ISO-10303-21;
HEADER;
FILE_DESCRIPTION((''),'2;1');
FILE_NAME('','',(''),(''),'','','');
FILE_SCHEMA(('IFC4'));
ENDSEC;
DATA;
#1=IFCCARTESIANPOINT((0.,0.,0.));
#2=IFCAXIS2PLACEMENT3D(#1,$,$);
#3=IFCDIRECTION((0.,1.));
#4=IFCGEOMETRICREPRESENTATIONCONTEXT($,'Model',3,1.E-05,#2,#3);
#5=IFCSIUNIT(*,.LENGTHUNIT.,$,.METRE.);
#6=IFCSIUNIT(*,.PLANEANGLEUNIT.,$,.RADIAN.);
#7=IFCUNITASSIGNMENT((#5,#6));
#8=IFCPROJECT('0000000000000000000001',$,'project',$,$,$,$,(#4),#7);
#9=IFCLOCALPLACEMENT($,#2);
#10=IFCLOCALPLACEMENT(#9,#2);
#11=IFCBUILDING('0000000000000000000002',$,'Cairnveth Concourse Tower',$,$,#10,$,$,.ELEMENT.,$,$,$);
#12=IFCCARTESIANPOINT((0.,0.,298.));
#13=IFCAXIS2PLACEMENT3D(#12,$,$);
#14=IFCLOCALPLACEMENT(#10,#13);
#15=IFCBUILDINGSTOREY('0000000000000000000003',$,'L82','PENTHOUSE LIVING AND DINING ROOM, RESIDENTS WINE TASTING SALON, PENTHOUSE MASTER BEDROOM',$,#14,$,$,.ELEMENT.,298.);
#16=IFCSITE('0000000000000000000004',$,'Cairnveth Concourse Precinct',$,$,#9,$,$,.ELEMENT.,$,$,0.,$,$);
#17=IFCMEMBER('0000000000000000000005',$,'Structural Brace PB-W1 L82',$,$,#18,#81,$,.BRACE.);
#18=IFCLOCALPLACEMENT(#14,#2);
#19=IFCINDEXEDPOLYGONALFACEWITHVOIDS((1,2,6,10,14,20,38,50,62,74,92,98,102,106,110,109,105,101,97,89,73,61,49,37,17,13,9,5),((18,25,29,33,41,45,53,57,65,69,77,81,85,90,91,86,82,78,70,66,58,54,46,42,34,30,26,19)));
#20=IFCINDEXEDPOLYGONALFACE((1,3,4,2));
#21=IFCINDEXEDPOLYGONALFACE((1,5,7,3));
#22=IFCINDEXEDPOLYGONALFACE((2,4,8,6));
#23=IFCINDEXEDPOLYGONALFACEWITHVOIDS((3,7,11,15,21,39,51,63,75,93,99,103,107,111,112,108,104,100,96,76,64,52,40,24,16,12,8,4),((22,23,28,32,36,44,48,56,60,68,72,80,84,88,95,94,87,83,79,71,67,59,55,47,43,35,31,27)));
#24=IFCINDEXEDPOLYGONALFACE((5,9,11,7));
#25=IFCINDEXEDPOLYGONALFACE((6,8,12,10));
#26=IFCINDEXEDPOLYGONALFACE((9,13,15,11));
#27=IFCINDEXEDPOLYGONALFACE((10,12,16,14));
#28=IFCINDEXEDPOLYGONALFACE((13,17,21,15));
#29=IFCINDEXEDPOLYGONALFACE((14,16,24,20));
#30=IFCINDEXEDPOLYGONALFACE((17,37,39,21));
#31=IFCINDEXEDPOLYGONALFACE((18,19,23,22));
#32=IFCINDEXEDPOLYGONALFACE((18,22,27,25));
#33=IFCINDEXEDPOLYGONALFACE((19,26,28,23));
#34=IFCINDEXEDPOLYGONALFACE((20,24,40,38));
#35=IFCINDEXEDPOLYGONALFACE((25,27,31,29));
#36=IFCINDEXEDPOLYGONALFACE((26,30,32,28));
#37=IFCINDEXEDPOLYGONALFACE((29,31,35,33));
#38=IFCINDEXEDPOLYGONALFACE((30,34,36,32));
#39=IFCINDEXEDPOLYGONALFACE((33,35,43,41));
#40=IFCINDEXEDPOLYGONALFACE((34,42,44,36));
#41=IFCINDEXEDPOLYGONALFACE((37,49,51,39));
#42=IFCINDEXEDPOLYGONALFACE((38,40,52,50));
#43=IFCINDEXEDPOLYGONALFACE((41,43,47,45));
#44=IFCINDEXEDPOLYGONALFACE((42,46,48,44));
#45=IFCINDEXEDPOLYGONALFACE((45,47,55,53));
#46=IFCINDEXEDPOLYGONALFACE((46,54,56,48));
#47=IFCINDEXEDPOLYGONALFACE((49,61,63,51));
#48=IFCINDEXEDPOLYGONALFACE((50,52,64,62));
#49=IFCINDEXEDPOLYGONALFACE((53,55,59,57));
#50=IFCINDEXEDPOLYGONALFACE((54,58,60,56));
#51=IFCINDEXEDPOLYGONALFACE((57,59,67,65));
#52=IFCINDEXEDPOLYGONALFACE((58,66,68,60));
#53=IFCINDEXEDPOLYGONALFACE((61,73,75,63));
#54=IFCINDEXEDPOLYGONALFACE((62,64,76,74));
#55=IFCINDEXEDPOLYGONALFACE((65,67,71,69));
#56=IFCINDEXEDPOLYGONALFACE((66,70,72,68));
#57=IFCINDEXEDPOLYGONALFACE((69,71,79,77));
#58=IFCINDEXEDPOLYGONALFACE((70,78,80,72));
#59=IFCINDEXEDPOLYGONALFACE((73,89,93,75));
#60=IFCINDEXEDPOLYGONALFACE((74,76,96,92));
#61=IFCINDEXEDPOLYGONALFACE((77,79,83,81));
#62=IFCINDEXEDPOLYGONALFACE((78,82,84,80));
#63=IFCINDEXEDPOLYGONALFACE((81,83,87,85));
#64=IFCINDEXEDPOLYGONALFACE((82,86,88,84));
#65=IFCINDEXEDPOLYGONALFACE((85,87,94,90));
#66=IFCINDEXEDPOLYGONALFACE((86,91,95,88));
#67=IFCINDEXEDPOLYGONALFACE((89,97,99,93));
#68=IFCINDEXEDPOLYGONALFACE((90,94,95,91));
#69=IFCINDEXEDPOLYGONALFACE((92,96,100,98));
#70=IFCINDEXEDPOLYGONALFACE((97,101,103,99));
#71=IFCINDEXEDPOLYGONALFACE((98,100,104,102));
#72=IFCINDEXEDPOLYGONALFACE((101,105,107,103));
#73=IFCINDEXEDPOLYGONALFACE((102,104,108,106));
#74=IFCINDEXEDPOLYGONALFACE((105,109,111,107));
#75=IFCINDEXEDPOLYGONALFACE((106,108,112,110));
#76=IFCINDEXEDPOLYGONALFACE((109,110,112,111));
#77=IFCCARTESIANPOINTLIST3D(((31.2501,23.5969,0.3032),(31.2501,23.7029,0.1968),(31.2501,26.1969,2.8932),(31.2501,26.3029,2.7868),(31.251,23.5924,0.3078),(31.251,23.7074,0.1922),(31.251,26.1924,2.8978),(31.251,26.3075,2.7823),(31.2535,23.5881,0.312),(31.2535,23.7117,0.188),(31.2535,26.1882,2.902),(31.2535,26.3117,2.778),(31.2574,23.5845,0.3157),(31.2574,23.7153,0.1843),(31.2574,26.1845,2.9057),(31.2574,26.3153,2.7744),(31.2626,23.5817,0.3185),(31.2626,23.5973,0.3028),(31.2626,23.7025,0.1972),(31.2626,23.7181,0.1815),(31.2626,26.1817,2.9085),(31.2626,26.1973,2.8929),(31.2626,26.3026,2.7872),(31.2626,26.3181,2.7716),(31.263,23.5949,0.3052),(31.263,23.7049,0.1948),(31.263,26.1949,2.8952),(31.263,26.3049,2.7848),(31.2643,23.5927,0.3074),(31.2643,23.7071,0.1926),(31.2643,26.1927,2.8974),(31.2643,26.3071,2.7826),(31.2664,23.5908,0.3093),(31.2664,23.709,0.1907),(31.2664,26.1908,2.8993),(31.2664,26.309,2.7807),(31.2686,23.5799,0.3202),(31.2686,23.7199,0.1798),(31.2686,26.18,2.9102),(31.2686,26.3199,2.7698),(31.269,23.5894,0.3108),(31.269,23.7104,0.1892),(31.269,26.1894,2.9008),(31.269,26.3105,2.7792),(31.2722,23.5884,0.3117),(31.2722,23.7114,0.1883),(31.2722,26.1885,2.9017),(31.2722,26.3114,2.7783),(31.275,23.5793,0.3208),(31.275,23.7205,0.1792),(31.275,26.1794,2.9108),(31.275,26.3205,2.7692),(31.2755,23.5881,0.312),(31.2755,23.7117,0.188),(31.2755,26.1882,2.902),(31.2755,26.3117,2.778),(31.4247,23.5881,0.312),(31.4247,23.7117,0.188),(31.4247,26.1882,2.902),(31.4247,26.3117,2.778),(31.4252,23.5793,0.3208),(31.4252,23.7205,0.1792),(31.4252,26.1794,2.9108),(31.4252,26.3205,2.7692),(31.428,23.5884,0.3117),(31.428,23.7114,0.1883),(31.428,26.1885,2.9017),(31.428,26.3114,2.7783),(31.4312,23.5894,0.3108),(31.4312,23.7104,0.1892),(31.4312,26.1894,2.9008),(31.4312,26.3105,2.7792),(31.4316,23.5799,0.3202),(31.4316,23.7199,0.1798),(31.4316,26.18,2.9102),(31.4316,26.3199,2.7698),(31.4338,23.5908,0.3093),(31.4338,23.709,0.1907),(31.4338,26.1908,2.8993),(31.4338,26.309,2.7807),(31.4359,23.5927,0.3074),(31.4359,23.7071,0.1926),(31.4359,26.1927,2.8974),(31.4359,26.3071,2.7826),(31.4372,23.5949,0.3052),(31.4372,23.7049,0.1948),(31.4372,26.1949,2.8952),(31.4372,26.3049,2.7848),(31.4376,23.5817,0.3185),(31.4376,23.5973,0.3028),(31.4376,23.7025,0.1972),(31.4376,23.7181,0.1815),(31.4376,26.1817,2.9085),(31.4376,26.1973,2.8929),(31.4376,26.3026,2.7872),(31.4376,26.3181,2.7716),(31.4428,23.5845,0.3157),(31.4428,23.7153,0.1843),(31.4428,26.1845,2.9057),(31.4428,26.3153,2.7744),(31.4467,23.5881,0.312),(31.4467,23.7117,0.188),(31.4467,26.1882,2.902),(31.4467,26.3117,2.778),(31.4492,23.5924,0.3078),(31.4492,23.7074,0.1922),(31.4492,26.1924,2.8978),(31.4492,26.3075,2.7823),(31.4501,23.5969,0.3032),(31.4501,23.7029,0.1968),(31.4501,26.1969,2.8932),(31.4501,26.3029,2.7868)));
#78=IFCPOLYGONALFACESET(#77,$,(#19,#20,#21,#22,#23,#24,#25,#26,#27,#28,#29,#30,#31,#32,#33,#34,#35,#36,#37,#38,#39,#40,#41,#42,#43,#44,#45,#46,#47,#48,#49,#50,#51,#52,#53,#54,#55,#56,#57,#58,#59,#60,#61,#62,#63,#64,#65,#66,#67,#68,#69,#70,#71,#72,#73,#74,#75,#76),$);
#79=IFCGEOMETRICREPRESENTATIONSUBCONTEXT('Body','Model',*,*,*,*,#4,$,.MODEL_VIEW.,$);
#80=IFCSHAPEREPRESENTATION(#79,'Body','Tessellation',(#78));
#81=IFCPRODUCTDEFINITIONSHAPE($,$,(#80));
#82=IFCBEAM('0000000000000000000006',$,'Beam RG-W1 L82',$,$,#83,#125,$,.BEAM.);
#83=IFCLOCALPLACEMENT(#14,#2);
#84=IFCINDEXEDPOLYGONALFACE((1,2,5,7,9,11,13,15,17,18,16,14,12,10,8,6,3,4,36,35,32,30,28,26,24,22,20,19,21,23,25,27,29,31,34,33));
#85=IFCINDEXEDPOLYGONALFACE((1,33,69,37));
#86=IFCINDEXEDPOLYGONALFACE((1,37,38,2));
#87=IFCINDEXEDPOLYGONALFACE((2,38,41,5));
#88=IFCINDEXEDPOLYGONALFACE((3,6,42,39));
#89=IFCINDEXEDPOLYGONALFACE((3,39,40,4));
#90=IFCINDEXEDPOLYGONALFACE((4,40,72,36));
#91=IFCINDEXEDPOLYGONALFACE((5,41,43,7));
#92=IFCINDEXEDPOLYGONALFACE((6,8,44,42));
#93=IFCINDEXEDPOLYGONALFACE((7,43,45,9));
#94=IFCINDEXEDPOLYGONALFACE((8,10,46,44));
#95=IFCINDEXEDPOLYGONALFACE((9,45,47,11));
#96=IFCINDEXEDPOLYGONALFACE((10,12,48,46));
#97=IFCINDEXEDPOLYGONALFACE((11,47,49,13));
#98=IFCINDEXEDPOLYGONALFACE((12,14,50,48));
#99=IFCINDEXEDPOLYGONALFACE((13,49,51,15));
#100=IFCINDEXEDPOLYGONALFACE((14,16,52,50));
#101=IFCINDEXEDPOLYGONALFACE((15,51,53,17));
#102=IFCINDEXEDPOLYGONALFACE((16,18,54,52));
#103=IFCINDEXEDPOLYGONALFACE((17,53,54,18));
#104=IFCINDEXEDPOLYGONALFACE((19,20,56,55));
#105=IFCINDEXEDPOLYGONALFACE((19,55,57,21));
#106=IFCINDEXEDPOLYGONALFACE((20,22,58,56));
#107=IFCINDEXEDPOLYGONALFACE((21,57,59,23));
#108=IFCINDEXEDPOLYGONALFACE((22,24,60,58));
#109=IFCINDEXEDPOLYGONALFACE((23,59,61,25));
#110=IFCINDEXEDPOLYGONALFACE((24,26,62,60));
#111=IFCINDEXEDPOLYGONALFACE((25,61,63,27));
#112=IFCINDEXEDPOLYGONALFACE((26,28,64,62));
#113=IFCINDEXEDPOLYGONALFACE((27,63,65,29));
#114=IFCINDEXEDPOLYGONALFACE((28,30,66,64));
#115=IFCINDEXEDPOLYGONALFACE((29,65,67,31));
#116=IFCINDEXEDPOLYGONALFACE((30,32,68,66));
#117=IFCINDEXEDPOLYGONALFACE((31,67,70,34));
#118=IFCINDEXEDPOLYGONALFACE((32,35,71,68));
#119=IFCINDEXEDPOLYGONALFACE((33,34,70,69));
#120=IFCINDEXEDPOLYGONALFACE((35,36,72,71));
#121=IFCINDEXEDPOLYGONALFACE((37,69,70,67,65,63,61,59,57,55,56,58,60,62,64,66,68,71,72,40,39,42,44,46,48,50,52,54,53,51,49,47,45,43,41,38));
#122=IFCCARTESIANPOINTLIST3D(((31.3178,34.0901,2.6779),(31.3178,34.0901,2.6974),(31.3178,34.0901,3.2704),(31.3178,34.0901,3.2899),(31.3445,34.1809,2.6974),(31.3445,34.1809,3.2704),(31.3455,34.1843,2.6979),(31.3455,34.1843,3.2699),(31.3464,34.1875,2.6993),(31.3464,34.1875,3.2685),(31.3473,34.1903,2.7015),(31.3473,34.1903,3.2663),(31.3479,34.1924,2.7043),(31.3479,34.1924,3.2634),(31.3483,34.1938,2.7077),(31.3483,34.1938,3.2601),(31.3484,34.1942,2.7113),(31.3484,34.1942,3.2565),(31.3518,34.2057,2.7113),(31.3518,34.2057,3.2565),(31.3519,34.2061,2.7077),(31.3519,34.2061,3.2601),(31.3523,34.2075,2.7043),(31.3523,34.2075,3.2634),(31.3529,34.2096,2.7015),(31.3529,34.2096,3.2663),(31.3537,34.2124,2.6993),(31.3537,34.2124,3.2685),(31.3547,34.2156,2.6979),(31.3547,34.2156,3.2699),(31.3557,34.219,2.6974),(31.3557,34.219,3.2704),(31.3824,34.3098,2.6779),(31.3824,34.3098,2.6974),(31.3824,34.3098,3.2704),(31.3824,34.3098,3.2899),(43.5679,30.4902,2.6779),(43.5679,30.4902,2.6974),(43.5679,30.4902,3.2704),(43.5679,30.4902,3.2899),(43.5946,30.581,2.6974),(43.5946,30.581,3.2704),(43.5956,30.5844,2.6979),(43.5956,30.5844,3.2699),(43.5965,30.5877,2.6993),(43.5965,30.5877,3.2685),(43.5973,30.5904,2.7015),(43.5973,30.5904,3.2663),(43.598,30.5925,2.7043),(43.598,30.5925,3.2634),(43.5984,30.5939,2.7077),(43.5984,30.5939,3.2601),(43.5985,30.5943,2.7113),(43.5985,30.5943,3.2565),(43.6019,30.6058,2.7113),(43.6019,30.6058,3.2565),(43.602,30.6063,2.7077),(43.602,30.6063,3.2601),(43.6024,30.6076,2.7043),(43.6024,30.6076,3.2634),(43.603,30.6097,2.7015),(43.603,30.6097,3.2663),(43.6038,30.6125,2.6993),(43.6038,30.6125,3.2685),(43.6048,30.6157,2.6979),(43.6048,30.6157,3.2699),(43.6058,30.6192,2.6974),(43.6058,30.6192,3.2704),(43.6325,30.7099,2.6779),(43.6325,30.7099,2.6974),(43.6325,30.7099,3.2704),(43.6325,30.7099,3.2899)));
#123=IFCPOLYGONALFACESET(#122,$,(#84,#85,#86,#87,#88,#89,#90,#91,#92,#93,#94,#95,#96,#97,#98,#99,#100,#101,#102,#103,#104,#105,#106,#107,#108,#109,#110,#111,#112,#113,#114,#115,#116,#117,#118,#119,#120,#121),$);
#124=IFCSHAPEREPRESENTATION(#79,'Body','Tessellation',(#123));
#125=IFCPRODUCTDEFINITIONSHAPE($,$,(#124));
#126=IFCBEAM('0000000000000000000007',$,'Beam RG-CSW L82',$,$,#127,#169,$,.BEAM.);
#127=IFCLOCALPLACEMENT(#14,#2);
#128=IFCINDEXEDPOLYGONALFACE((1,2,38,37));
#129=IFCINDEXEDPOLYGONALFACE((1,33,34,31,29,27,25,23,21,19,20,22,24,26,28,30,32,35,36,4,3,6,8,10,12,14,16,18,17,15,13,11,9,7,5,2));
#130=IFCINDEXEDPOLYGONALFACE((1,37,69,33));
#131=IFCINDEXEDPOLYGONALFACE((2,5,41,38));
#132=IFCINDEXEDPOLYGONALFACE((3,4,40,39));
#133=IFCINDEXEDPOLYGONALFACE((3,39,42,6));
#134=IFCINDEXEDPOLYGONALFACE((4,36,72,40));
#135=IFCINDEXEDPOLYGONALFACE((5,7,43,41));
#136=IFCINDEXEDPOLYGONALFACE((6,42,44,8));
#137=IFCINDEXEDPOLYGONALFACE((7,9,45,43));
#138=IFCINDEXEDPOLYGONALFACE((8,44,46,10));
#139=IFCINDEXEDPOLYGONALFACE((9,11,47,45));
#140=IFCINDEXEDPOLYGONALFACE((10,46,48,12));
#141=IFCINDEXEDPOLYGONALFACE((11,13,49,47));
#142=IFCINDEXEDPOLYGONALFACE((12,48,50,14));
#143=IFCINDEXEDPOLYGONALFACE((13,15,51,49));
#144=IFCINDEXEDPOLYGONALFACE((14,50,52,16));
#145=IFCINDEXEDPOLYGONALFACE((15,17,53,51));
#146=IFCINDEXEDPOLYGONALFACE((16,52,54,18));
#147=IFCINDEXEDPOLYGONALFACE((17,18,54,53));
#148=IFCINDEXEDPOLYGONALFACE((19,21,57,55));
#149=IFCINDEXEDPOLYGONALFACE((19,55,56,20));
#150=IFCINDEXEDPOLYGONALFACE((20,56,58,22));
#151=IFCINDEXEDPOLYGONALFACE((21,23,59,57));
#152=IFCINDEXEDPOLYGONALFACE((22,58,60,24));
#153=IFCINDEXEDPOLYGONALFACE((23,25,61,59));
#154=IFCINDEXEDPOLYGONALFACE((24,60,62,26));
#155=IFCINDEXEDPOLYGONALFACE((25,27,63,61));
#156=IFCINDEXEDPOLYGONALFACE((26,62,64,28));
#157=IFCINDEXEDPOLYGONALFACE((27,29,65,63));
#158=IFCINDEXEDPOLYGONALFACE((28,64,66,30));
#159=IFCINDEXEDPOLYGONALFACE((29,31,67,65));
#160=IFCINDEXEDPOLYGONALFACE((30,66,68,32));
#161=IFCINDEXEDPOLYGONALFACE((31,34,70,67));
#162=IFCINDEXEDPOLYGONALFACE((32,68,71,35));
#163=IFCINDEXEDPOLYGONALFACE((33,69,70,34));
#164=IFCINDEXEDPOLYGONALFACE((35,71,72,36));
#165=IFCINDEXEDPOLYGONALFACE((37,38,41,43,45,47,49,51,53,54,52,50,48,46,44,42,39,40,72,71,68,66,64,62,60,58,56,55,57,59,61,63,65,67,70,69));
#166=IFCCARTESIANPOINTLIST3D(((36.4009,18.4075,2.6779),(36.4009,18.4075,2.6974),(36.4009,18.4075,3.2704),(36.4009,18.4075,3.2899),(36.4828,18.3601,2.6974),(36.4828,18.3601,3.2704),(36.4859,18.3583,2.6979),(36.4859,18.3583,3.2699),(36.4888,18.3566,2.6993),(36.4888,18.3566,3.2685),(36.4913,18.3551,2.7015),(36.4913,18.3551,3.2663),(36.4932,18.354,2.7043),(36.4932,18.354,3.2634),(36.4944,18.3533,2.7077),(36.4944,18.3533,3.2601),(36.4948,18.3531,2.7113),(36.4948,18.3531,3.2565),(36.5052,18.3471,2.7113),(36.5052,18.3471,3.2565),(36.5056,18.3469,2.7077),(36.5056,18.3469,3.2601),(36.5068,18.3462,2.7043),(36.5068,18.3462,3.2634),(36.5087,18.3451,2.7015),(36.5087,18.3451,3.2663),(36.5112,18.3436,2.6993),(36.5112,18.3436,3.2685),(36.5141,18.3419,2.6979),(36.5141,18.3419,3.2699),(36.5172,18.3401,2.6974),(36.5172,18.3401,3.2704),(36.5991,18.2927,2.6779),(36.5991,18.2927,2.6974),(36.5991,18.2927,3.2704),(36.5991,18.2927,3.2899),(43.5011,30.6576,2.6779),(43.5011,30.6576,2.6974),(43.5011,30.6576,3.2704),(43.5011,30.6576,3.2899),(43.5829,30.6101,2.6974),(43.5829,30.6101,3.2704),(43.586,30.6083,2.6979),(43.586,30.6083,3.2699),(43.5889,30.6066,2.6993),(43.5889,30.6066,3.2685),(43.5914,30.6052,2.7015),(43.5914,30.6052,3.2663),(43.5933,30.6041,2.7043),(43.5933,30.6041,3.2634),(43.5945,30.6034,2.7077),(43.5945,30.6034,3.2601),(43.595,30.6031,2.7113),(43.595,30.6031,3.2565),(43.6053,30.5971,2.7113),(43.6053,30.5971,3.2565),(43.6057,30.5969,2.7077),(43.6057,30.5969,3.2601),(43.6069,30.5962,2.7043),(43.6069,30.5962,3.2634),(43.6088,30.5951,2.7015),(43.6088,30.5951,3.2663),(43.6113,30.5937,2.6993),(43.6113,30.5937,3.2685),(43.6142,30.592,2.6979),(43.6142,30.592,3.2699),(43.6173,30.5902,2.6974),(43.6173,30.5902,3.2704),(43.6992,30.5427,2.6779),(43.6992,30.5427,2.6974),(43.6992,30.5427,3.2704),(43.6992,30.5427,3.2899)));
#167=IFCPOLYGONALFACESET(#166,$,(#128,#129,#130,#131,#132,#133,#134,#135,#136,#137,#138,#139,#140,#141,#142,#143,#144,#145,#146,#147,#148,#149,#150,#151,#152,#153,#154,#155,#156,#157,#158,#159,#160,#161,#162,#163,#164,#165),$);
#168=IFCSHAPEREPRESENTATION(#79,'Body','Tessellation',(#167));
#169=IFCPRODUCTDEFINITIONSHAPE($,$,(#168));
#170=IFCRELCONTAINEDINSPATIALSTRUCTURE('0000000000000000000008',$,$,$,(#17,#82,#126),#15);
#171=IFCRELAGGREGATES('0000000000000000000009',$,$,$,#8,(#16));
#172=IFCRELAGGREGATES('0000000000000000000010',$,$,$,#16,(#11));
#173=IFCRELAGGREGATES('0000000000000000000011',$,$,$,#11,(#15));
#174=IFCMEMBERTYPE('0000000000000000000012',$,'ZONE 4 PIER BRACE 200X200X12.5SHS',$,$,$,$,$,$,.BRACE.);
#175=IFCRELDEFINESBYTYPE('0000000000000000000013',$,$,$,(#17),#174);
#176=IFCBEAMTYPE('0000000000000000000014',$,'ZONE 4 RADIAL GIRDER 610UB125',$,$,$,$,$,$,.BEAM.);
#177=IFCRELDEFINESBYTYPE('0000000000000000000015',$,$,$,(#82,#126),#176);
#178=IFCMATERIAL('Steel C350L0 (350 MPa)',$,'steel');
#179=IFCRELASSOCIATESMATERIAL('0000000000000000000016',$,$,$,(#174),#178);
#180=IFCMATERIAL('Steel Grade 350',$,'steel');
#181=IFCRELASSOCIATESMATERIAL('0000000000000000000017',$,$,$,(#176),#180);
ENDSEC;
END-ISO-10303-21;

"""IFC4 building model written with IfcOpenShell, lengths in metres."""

from ifc_helpers import new_model, si_unit, direction, frame, origin, origin_2d, place, context, subcontext, project, spatial, hollow_rectangle, i_section, extrude, material, material_profile, profile_set, type_object, element, save


model = new_model("IFC4")

# Units and contexts
model_context = context("Model", 3, precision=1e-05, world=origin(), true_north=direction((0.0, 1.0)))
body_context = subcontext(model_context, "Body", "Model", "MODEL_VIEW")
ifc_project = project(units=[si_unit("LENGTHUNIT", "METRE"), si_unit("PLANEANGLEUNIT", "RADIAN")], contexts=[model_context])

# Site, building, storey
site_placement = place(None, origin())
site = spatial("IfcSite", under=ifc_project, at=site_placement, Name="Cairnveth Concourse Precinct", CompositionType="ELEMENT", RefElevation=0.0)
building_placement = place(site_placement, origin())
building = spatial("IfcBuilding", under=site, at=building_placement, Name="Cairnveth Concourse Tower", CompositionType="ELEMENT")
storey_placement = place(building_placement, frame((0.0, 0.0, 298.0)))
storey = spatial("IfcBuildingStorey", under=building, at=storey_placement, Name="L82", Description="PENTHOUSE LIVING AND DINING ROOM, RESIDENTS WINE TASTING SALON, PENTHOUSE MASTER BEDROOM", CompositionType="ELEMENT", Elevation=298.0)

# Shared definitions
ifc_material_1 = material(Name="Steel Grade 350", Category="steel")

# Member
ifc_material_2 = material(Name="Steel C350L0 (350 MPa)", Category="steel")
ifc_material_profile_1 = material_profile(ifc_material_2, hollow_rectangle(XDim=0.2, YDim=0.2, WallThickness=0.0125, InnerFilletRadius=0.0129, OuterFilletRadius=0.0249, at=origin_2d()), Name="200x200x12.5SHS")
ifc_profile_set_1 = profile_set([ifc_material_profile_1], Name="Steel C350L0 (350 MPa)")
member_type = type_object("IfcMemberType", Name="ZONE 4 PIER BRACE 200X200X12.5SHS", PredefinedType="BRACE", material=ifc_profile_set_1)
for number, where, z_axis, x_axis, name in (
    (1, (31.3501, 23.6499, 0.25), (0.0, 0.708469, 0.705742), (-1.0, 0.0, 0.0), "Structural Brace PB-W1 L82"),
):
    element("IfcMember", number, at=place(storey_placement, frame(where, z_axis=z_axis, x_axis=x_axis)), inside=storey, type_object=member_type, Name=name, PredefinedType="BRACE", context=body_context, shape_type="SweptSolid", body=[
        extrude(hollow_rectangle(XDim=0.2, YDim=0.2, WallThickness=0.0125, InnerFilletRadius=0.0129, OuterFilletRadius=0.0249, at=origin_2d()), origin(), (0.0, 0.0, 1.0), 3.6699),
    ])

# Beams
ifc_material_profile_2 = material_profile(ifc_material_1, i_section(OverallWidth=0.229, OverallDepth=0.6121, WebThickness=0.012, FlangeThickness=0.0195, FilletRadius=0.0139, at=origin_2d()), Name="610UB125")
ifc_profile_set_2 = profile_set([ifc_material_profile_2], Name="Steel Grade 350")
beam_type_1 = type_object("IfcBeamType", Name="ZONE 4 RADIAL GIRDER 610UB125", PredefinedType="BEAM", material=ifc_profile_set_2)
beam_1_placement = place(storey_placement, frame((31.3501, 34.2, 2.9839), z_axis=(0.959431, -0.281944, 0.0), x_axis=(0.281944, 0.959431, 0.0)))
element("IfcBeam", 2, at=beam_1_placement, inside=storey, type_object=beam_type_1, Name="Beam RG-W1 L82", PredefinedType="BEAM", context=body_context, shape_type="SweptSolid", body=[
    extrude(i_section(OverallWidth=0.229, OverallDepth=0.6121, WebThickness=0.012, FlangeThickness=0.0195, FilletRadius=0.0139, at=origin_2d()), origin(), (0.0, 0.0, 1.0), 12.7681),
])
beam_2_placement = place(storey_placement, frame((36.5, 18.3501, 2.9839), z_axis=(0.501459, 0.865181, 0.0), x_axis=(-0.865181, 0.501459, 0.0)))
element("IfcBeam", 3, at=beam_2_placement, inside=storey, type_object=beam_type_1, Name="Beam RG-CSW L82", PredefinedType="BEAM", context=body_context, shape_type="SweptSolid", body=[
    extrude(i_section(OverallWidth=0.229, OverallDepth=0.6121, WebThickness=0.012, FlangeThickness=0.0195, FilletRadius=0.0139, at=origin_2d()), origin(), (0.0, 0.0, 1.0), 14.1589),
])

save(model, "model.ifc")
